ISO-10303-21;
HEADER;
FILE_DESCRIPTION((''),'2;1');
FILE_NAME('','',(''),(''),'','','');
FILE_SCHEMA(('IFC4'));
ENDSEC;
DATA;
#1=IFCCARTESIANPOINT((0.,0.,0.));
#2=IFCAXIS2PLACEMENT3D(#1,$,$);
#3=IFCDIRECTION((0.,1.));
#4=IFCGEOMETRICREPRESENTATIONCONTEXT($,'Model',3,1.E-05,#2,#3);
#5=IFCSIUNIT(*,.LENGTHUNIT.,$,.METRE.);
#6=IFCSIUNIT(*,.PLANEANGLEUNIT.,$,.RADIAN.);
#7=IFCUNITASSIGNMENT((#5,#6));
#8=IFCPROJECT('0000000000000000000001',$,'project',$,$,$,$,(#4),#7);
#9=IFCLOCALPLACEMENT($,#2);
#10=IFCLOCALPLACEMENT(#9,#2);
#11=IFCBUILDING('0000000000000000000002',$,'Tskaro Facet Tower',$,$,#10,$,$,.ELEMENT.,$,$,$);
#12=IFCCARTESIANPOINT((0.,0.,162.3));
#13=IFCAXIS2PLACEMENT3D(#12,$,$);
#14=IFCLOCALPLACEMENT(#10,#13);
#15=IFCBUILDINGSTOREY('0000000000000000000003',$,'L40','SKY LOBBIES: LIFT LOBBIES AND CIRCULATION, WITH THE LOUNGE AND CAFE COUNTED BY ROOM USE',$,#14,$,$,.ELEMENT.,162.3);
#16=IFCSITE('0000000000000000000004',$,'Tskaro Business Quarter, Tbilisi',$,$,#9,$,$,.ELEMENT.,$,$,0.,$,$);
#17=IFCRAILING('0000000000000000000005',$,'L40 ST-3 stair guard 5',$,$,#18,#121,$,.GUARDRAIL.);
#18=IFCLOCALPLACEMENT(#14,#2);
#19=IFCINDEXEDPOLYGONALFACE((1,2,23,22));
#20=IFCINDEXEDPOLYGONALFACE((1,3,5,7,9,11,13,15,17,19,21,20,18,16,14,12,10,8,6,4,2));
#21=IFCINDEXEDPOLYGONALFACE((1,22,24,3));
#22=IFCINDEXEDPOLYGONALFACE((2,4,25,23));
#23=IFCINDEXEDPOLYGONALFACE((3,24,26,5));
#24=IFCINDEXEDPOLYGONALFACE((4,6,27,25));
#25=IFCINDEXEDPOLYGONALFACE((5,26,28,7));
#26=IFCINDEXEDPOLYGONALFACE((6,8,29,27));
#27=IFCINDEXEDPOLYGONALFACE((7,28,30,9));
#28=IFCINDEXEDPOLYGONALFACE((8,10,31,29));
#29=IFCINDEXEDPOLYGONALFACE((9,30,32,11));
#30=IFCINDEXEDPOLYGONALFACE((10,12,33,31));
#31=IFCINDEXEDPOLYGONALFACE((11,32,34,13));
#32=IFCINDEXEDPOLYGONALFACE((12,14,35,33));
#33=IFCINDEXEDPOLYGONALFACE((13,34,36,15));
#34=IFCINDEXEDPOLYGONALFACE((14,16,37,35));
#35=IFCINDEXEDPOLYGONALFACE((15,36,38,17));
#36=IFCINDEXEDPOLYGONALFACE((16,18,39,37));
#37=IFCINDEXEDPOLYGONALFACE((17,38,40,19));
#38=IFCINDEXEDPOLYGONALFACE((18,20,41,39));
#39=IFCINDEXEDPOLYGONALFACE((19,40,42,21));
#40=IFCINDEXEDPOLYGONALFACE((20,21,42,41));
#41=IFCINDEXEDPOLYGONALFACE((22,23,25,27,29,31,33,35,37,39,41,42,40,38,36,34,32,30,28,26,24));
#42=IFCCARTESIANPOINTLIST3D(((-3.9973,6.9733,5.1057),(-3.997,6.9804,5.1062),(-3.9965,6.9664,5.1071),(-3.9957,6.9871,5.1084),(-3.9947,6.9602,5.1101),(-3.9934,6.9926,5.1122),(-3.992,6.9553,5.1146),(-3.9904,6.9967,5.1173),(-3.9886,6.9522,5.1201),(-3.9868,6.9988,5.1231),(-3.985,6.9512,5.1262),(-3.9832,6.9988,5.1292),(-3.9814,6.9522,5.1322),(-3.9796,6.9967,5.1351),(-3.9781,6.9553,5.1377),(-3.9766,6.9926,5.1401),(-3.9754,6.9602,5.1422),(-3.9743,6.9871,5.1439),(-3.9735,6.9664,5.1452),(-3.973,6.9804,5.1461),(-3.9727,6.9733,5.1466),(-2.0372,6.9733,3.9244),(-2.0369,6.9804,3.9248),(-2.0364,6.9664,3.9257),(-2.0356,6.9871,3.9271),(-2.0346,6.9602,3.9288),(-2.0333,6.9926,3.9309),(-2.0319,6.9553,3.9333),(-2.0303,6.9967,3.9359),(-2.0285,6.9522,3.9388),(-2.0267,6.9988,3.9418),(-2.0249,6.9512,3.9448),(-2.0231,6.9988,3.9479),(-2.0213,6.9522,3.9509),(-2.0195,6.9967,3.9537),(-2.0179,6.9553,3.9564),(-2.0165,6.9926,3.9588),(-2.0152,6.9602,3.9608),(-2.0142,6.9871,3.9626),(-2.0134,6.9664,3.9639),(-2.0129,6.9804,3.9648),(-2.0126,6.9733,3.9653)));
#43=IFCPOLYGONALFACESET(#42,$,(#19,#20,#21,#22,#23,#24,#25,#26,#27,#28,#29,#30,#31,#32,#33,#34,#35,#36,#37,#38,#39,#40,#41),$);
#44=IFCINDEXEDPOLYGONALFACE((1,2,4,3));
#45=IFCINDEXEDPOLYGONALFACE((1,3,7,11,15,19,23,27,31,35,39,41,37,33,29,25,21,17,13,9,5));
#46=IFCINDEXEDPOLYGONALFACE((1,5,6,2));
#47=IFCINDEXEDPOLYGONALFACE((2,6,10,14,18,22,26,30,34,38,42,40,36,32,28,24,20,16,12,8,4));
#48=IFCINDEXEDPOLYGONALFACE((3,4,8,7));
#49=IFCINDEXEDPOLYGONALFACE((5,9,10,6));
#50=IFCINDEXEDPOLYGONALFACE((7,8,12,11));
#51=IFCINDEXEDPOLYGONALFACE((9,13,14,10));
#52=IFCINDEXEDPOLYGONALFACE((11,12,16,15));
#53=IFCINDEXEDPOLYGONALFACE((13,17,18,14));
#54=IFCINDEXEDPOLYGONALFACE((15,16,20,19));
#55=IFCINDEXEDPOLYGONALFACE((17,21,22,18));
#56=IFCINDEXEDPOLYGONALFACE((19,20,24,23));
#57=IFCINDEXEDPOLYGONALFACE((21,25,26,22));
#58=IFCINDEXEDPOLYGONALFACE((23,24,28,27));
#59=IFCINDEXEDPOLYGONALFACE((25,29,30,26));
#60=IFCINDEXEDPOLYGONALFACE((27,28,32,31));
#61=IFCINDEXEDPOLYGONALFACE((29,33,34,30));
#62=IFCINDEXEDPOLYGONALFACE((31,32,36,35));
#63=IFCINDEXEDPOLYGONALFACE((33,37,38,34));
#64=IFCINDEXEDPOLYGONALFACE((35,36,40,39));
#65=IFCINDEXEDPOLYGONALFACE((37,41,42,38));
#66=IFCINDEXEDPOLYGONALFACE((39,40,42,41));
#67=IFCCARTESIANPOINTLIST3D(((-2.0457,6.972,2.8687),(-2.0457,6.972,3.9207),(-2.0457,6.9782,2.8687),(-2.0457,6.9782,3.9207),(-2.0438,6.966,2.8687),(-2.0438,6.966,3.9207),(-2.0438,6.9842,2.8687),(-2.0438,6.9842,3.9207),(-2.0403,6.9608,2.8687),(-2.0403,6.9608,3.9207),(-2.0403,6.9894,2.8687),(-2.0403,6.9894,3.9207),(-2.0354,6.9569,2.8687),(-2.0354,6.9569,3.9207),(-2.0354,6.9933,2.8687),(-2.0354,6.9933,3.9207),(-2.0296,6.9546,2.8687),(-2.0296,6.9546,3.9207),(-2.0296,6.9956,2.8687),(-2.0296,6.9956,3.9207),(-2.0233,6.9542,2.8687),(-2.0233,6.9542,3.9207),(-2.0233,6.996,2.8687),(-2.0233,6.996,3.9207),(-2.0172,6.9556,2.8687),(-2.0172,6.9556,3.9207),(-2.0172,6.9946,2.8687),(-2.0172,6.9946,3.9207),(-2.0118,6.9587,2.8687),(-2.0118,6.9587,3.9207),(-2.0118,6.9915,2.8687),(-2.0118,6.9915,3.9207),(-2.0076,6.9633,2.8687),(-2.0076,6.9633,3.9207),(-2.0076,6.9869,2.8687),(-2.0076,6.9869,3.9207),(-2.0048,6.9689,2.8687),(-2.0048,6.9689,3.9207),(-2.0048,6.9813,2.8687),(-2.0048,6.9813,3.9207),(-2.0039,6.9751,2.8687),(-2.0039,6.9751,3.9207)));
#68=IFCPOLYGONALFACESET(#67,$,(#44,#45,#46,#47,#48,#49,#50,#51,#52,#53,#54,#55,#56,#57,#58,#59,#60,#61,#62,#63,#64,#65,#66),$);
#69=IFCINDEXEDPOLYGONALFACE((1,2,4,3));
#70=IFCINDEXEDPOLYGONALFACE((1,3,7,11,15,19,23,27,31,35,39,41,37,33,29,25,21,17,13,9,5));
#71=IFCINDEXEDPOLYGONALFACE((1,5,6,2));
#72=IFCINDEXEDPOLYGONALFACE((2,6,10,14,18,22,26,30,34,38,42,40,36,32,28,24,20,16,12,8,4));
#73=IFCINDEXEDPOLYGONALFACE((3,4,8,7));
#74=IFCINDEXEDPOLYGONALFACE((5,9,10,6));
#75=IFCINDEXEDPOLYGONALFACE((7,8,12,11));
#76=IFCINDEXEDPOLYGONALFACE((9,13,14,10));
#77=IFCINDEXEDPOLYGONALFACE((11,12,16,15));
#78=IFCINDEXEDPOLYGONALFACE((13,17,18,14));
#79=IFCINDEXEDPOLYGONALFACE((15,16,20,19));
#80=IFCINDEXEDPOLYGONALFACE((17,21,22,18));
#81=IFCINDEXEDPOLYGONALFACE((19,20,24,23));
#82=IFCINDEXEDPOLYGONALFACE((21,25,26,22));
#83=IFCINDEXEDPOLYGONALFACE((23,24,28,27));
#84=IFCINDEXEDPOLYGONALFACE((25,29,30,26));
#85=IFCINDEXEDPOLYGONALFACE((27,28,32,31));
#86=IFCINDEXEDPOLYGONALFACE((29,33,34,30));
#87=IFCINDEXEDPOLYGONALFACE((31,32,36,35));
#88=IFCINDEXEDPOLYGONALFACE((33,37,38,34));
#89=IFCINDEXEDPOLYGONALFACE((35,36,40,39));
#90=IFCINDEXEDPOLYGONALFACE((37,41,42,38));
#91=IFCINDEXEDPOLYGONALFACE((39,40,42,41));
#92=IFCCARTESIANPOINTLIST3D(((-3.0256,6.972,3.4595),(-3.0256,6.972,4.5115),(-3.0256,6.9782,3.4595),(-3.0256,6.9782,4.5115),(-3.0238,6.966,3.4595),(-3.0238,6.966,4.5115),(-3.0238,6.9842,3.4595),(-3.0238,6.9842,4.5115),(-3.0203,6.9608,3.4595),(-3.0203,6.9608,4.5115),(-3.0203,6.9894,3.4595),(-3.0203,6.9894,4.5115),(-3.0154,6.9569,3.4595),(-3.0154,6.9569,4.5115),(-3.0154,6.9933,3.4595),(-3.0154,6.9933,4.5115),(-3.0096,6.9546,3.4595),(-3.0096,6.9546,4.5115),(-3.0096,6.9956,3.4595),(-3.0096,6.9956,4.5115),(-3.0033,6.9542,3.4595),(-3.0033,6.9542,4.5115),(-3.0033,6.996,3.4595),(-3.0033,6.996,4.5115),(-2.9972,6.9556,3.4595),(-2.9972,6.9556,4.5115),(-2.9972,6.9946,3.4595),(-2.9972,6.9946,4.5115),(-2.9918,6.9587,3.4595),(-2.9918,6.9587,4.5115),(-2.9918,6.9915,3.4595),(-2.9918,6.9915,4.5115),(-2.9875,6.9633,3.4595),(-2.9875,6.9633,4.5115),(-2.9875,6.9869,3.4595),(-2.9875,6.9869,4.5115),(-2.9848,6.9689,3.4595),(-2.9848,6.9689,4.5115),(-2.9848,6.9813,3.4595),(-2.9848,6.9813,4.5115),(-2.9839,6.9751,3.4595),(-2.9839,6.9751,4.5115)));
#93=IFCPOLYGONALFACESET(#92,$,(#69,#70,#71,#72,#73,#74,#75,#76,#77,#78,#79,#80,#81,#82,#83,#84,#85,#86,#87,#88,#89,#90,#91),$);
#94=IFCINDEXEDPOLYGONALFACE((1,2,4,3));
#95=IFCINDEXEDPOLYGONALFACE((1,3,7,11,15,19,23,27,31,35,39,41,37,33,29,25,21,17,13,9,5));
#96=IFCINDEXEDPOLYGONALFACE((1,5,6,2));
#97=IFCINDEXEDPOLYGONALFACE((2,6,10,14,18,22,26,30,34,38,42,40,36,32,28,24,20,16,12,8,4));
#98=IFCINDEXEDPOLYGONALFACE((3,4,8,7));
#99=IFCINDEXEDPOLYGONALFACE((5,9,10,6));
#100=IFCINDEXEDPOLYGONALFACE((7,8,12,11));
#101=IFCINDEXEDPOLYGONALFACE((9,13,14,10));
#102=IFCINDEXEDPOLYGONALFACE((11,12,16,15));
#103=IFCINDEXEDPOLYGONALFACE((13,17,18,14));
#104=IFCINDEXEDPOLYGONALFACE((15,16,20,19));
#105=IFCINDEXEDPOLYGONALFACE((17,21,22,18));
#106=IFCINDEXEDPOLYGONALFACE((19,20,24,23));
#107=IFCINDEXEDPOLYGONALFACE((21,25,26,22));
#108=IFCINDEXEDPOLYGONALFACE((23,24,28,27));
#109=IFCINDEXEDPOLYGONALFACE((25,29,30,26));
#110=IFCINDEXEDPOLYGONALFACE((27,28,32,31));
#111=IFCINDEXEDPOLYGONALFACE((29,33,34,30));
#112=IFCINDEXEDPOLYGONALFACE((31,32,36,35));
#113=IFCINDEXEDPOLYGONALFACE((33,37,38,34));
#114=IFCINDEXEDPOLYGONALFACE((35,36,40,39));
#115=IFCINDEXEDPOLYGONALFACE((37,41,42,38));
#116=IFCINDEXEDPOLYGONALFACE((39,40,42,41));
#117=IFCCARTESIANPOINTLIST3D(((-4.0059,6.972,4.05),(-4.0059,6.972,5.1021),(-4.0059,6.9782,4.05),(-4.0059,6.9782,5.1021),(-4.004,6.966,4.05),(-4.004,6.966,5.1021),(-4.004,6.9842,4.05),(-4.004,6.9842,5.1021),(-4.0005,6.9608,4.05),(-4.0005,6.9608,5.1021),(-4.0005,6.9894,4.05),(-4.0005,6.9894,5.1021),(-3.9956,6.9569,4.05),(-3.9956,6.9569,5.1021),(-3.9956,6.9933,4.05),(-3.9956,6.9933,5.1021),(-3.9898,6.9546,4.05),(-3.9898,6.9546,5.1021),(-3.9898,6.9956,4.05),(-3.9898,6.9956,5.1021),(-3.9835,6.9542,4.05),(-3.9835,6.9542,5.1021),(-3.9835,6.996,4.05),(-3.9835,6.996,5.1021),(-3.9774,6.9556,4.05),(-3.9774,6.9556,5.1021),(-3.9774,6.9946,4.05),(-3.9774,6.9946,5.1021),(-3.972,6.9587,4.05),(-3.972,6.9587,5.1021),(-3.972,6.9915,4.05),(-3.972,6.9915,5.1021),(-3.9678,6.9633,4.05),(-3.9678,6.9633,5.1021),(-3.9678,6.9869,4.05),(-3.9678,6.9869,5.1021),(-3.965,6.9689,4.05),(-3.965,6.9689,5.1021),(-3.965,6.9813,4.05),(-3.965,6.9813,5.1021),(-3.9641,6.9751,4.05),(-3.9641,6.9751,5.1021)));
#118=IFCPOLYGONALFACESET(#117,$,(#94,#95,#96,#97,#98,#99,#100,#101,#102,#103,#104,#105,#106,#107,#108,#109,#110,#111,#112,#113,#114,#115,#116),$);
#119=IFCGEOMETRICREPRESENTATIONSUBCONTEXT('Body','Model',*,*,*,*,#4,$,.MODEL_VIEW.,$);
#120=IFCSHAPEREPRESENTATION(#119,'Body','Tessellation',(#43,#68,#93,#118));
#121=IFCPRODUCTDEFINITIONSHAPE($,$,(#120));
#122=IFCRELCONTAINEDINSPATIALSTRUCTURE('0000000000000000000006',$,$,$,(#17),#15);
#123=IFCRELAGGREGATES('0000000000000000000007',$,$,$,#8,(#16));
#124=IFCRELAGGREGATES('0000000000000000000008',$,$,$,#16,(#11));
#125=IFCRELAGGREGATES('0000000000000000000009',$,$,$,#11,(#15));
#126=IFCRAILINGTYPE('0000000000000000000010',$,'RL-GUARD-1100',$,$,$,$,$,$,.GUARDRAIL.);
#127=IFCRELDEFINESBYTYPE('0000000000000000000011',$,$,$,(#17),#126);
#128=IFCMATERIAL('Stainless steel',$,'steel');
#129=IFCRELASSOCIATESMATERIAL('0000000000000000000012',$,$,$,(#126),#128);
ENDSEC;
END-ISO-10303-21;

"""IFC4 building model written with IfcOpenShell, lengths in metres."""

from ifc_helpers import new_model, si_unit, direction, frame, origin, origin_2d, place, context, subcontext, project, spatial, circle, extrude, material, type_object, element, save


model = new_model("IFC4")

# Units and contexts
model_context = context("Model", 3, precision=1e-05, world=origin(), true_north=direction((0.0, 1.0)))
body_context = subcontext(model_context, "Body", "Model", "MODEL_VIEW")
ifc_project = project(units=[si_unit("LENGTHUNIT", "METRE"), si_unit("PLANEANGLEUNIT", "RADIAN")], contexts=[model_context])

# Site, building, storey
site_placement = place(None, origin())
site = spatial("IfcSite", under=ifc_project, at=site_placement, Name="Tskaro Business Quarter, Tbilisi", CompositionType="ELEMENT", RefElevation=0.0)
building_placement = place(site_placement, origin())
building = spatial("IfcBuilding", under=site, at=building_placement, Name="Tskaro Facet Tower", CompositionType="ELEMENT")
storey_placement = place(building_placement, frame((0.0, 0.0, 162.3)))
storey = spatial("IfcBuildingStorey", under=building, at=storey_placement, Name="L40", Description="SKY LOBBIES: LIFT LOBBIES AND CIRCULATION, WITH THE LOUNGE AND CAFE COUNTED BY ROOM USE", CompositionType="ELEMENT", Elevation=162.3)

# Railing
ifc_material_1 = material(Name="Stainless steel", Category="steel")
railing_type_1 = type_object("IfcRailingType", Name="RL-GUARD-1100", PredefinedType="GUARDRAIL", material=ifc_material_1)
railing_1_placement = place(storey_placement, frame((-2.0249, 6.9751, 2.8687)))
element("IfcRailing", 1, at=railing_1_placement, inside=storey, type_object=railing_type_1, Name="L40 ST-3 stair guard 5", PredefinedType="GUARDRAIL", context=body_context, shape_type="SweptSolid", body=[
    extrude(circle(Radius=0.0239, at=origin_2d()), frame((0.0, 0.0, 1.0762), z_axis=(-0.856475, 0.0, 0.516189), x_axis=(0.0, -1.0, 0.0)), (0.0, 0.0, 1.0), 2.2886),
    extrude(circle(Radius=0.021, at=origin_2d()), origin(), (0.0, 0.0, 1.0), 1.052),
    extrude(circle(Radius=0.021, at=origin_2d()), frame((-0.98, 0.0, 0.5908)), (0.0, 0.0, 1.0), 1.052),
    extrude(circle(Radius=0.021, at=origin_2d()), frame((-1.9602, 0.0, 1.1814)), (0.0, 0.0, 1.0), 1.052),
])

save(model, "model.ifc")
